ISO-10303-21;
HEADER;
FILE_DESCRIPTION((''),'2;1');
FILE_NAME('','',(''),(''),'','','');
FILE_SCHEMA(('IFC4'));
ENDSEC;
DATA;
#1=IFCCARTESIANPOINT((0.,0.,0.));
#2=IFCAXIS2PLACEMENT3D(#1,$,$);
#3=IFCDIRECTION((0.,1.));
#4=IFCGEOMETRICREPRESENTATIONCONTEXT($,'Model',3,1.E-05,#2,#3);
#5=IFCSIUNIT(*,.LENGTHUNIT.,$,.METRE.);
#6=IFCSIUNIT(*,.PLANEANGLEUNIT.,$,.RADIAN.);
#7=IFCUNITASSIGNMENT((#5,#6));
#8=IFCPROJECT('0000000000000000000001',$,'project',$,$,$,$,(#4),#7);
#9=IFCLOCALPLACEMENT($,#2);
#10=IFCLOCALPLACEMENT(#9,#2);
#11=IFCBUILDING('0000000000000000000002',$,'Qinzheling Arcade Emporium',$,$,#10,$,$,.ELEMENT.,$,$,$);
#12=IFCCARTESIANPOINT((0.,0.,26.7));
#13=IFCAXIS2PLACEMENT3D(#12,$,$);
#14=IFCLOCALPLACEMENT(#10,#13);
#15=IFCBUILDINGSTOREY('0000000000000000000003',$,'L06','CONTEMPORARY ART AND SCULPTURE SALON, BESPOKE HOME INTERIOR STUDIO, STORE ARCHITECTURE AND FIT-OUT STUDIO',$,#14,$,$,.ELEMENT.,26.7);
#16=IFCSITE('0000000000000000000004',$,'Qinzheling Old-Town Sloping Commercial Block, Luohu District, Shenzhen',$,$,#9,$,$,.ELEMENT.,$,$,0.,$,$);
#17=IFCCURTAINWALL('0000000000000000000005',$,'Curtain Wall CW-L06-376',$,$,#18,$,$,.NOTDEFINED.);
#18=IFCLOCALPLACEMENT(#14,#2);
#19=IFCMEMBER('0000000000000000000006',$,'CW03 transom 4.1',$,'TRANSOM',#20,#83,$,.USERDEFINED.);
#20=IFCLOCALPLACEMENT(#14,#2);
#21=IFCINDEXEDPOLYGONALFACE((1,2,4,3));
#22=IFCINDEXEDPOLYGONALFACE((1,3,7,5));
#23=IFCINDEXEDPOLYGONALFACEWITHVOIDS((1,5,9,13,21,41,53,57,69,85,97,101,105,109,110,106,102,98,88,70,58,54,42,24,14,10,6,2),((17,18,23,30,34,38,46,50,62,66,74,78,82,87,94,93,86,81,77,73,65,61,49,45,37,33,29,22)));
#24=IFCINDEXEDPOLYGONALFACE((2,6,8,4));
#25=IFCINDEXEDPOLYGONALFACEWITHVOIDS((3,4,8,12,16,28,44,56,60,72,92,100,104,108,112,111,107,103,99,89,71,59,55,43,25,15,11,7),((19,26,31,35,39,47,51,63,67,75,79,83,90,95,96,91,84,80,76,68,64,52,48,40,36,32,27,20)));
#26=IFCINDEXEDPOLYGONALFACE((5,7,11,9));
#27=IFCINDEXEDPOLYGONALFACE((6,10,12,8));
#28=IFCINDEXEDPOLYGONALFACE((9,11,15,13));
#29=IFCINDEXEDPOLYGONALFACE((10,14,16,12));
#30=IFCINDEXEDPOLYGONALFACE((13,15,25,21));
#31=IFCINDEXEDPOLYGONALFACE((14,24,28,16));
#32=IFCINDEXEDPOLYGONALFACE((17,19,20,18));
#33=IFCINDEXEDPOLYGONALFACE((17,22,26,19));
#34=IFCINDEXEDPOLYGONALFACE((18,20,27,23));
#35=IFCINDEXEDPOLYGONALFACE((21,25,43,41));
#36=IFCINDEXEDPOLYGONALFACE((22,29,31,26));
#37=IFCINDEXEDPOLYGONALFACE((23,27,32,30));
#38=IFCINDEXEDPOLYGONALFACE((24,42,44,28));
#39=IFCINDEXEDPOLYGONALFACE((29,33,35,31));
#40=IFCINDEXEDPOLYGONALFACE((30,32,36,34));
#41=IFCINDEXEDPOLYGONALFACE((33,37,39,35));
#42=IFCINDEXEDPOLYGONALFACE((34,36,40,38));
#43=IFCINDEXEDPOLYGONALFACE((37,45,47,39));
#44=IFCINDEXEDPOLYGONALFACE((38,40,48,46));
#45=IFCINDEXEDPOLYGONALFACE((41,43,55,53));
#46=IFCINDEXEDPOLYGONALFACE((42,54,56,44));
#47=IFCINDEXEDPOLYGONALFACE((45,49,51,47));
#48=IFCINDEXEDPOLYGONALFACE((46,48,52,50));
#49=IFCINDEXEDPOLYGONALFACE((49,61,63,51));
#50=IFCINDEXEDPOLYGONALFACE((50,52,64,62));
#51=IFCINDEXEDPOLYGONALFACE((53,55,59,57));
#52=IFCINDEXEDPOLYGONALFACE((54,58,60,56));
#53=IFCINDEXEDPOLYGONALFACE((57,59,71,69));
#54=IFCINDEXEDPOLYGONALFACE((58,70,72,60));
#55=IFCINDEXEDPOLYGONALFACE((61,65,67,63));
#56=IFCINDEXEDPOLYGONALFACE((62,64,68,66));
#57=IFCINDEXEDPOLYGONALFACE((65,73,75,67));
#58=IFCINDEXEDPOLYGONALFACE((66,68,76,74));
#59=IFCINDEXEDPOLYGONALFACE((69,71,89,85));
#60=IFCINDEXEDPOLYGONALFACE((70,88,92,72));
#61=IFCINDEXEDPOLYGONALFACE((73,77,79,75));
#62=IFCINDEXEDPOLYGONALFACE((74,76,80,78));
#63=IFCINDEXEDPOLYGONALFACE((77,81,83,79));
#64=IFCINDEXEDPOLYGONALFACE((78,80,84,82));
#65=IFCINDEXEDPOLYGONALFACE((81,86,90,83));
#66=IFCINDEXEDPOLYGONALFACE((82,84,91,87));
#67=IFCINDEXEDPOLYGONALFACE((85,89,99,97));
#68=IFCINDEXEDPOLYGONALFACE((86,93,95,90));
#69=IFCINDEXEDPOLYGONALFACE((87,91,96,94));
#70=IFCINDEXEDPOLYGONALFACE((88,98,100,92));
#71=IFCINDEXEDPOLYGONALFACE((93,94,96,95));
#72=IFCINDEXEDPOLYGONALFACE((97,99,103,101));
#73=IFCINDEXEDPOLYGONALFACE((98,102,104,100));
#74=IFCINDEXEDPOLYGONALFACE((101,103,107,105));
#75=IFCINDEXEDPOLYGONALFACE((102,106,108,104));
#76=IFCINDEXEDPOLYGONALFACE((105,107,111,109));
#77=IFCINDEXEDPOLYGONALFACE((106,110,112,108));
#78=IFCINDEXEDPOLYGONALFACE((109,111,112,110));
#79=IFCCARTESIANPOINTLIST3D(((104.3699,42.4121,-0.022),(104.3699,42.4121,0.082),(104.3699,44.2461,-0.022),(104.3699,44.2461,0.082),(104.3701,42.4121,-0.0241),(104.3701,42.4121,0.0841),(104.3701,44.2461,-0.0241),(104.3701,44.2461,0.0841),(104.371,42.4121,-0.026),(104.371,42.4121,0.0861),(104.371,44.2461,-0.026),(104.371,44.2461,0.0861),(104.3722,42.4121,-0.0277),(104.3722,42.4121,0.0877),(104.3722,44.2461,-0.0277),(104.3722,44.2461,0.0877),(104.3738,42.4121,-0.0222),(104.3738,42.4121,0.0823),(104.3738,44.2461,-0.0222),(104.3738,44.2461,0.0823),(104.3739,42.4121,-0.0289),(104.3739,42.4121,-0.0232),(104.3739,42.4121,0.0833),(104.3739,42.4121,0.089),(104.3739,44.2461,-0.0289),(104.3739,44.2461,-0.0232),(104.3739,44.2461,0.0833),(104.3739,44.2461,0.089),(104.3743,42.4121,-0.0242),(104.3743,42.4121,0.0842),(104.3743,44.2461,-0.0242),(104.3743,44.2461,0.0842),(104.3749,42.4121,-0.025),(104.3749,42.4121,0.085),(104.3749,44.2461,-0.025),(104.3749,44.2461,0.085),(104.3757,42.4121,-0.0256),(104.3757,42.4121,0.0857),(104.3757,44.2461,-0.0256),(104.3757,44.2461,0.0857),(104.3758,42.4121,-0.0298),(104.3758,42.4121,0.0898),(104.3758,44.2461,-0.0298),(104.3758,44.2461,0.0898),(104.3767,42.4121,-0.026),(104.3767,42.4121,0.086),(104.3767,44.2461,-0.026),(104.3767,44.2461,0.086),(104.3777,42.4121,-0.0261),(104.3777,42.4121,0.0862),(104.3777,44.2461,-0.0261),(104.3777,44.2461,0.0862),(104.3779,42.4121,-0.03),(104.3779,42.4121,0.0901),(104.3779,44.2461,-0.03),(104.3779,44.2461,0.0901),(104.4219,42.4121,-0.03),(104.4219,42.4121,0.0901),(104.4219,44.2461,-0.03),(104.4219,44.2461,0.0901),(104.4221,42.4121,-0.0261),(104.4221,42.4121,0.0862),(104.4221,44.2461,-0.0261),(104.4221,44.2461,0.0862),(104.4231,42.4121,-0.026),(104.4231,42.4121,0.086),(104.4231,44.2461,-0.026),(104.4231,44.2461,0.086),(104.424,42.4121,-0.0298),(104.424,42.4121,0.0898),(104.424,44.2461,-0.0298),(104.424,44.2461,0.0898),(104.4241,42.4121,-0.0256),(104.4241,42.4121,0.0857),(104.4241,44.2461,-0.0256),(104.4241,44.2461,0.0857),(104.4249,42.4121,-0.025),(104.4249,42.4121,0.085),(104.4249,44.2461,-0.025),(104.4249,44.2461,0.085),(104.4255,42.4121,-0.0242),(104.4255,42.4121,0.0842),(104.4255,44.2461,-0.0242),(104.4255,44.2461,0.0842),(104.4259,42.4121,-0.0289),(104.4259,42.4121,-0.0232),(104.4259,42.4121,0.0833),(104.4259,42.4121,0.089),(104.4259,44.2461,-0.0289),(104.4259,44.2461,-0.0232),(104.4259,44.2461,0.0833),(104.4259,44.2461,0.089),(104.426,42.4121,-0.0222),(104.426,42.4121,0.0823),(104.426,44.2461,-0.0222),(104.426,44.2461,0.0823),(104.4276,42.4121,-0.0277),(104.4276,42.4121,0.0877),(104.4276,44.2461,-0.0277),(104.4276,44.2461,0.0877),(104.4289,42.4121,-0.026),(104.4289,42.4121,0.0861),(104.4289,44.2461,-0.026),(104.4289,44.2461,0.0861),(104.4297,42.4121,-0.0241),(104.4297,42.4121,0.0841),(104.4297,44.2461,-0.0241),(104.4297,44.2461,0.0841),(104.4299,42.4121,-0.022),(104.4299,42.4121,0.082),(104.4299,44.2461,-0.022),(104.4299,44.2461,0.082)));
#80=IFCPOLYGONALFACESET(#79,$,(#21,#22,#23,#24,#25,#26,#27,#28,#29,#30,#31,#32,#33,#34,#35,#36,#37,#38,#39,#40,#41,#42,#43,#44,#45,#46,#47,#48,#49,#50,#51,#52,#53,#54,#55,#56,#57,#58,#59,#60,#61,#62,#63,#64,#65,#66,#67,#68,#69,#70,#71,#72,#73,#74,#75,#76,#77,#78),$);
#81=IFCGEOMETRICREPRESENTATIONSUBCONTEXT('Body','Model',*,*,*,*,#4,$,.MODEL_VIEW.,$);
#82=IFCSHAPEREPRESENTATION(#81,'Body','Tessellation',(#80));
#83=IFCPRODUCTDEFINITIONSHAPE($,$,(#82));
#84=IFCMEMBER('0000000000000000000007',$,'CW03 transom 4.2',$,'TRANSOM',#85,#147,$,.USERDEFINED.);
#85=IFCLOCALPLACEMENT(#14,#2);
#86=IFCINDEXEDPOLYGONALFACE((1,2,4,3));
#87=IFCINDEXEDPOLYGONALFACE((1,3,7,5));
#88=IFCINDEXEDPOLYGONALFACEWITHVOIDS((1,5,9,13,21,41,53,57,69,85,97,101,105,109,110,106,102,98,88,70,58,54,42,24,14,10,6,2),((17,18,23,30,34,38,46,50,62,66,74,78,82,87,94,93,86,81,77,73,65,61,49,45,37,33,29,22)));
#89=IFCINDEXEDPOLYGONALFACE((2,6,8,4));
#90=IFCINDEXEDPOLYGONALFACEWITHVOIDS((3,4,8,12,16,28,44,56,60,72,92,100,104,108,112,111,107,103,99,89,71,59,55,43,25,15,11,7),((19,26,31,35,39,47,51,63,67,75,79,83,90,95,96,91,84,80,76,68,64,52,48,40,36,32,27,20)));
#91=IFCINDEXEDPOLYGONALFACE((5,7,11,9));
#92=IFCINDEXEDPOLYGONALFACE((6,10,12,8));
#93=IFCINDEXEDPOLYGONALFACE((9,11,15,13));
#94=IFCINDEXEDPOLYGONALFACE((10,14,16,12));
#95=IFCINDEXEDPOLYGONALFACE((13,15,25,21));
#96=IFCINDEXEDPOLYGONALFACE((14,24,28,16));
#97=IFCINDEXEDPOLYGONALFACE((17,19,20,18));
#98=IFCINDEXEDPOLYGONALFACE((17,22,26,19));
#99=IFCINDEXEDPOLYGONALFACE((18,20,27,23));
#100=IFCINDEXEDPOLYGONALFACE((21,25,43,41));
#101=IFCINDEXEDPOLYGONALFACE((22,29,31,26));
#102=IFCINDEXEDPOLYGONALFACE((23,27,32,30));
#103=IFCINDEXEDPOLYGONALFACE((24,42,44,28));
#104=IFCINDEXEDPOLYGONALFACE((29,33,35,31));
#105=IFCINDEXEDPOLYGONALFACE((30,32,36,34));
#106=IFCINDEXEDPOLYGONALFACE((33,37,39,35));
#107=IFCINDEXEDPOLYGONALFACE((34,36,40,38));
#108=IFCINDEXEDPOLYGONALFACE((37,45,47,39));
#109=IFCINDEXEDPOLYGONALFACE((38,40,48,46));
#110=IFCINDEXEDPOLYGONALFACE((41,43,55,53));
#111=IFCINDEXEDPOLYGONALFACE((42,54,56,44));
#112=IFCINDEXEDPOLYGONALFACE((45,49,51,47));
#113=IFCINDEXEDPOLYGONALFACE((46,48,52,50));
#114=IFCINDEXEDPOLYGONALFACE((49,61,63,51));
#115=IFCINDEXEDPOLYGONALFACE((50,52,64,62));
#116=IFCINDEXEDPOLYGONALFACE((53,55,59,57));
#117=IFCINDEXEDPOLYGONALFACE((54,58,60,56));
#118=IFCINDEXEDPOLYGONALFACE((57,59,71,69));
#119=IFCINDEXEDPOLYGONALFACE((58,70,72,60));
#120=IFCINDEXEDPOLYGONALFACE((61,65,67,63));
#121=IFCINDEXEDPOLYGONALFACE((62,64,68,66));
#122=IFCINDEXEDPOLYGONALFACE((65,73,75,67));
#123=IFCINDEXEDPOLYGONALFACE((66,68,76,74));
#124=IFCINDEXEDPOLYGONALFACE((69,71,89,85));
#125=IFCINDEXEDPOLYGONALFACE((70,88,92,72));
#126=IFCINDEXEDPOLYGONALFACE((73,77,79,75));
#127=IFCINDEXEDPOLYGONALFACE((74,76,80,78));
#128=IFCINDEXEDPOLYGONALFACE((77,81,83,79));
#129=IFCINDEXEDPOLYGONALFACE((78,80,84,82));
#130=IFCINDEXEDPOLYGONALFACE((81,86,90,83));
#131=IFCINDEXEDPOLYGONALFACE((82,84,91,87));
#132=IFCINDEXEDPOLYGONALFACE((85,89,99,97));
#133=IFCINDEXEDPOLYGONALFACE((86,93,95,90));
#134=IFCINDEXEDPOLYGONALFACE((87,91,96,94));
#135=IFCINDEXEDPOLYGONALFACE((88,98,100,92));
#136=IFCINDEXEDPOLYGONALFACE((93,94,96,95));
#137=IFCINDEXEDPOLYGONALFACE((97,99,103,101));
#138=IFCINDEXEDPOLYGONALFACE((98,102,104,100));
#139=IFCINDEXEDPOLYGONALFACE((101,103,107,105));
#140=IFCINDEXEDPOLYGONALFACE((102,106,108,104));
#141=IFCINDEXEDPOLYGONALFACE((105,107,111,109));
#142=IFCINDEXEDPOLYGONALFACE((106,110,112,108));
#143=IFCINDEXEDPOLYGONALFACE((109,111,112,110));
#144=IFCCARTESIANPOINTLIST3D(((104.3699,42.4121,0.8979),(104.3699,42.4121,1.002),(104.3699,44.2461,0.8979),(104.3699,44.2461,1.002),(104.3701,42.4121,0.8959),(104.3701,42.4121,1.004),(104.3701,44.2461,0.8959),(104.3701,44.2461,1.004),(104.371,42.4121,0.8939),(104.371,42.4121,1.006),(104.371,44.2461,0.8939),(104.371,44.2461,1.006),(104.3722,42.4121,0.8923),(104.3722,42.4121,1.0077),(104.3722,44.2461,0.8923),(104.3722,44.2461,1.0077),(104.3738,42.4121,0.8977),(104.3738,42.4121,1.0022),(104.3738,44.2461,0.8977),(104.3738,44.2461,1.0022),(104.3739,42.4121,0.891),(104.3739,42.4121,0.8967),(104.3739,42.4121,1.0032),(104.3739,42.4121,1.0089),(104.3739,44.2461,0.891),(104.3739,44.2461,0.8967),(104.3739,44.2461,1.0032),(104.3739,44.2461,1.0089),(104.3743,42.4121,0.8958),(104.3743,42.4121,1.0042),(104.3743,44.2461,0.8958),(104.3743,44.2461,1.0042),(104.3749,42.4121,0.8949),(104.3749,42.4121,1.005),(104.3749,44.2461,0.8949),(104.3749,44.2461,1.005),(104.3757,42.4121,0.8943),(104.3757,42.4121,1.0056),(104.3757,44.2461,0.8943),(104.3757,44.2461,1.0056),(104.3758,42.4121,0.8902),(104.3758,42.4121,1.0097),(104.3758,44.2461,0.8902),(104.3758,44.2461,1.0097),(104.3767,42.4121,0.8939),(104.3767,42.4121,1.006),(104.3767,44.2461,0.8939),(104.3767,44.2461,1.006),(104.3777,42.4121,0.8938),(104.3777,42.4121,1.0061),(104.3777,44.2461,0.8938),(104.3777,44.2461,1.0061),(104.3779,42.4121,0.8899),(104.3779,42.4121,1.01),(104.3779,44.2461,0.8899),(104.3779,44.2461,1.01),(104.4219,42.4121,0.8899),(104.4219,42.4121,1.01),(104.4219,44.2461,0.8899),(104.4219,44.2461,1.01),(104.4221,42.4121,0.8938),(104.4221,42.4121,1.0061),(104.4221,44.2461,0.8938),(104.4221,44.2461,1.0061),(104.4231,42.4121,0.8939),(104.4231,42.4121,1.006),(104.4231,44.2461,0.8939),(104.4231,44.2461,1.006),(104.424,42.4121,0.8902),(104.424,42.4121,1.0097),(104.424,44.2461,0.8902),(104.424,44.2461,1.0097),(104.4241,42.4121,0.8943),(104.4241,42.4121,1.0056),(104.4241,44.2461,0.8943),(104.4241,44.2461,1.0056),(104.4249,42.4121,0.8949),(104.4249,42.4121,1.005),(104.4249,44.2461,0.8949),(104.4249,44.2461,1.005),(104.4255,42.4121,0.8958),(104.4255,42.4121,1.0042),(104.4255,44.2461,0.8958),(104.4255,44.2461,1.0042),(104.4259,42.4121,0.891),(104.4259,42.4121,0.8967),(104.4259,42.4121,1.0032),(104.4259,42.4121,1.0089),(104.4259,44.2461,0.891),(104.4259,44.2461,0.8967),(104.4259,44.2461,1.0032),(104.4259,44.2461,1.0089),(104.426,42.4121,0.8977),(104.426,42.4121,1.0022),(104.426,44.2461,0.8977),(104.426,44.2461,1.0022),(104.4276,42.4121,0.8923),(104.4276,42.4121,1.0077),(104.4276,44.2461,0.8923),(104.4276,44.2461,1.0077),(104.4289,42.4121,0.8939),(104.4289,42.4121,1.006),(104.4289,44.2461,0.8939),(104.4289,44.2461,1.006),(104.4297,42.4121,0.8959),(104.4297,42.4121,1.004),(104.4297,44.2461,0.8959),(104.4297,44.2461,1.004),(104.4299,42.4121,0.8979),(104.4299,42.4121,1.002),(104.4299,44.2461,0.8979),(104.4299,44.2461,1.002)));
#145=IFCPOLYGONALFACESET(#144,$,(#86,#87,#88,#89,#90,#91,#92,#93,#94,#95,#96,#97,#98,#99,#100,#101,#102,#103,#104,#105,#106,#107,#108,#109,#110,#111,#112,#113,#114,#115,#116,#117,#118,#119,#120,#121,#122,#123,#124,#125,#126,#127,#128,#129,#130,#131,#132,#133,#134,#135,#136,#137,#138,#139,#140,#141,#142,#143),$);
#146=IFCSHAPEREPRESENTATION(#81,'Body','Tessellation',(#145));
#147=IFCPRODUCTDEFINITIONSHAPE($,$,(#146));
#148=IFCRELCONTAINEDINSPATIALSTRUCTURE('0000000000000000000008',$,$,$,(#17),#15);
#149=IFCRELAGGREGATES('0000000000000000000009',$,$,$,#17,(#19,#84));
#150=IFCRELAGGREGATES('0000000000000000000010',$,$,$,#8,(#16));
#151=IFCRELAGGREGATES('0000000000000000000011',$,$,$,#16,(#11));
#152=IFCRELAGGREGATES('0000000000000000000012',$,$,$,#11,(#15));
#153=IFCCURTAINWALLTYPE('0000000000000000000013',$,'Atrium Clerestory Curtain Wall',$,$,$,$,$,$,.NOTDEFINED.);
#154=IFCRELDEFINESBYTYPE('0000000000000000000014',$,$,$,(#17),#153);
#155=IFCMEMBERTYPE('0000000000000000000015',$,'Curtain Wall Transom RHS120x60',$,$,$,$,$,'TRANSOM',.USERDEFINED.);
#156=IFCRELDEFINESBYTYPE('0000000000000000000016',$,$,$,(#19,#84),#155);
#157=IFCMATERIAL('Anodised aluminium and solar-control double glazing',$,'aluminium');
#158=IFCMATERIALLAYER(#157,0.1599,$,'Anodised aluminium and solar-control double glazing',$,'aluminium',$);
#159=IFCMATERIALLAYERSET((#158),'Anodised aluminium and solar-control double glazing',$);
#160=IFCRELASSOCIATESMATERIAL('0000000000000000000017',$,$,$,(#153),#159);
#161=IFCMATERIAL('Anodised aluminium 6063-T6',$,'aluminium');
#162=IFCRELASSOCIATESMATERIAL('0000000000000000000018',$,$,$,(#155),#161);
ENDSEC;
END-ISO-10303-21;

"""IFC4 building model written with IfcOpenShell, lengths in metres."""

from ifc_helpers import new_model, si_unit, direction, frame, origin, origin_2d, place, context, subcontext, project, spatial, hollow_rectangle, extrude, material, layer, layer_set, material_profile, profile_set, type_object, element, aggregate, save


model = new_model("IFC4")

# Units and contexts
model_context = context("Model", 3, precision=1e-05, world=origin(), true_north=direction((0.0, 1.0)))
body_context = subcontext(model_context, "Body", "Model", "MODEL_VIEW")
ifc_project = project(units=[si_unit("LENGTHUNIT", "METRE"), si_unit("PLANEANGLEUNIT", "RADIAN")], contexts=[model_context])

# Site, building, storey
site_placement = place(None, origin())
site = spatial("IfcSite", under=ifc_project, at=site_placement, Name="Qinzheling Old-Town Sloping Commercial Block, Luohu District, Shenzhen", CompositionType="ELEMENT", RefElevation=0.0)
building_placement = place(site_placement, origin())
building = spatial("IfcBuilding", under=site, at=building_placement, Name="Qinzheling Arcade Emporium", CompositionType="ELEMENT")
storey_placement = place(building_placement, frame((0.0, 0.0, 26.7)))
storey = spatial("IfcBuildingStorey", under=building, at=storey_placement, Name="L06", Description="CONTEMPORARY ART AND SCULPTURE SALON, BESPOKE HOME INTERIOR STUDIO, STORE ARCHITECTURE AND FIT-OUT STUDIO", CompositionType="ELEMENT", Elevation=26.7)

# Curtain wall
ifc_material_1 = material(Name="Anodised aluminium and solar-control double glazing", Category="aluminium")
ifc_layer_1 = layer(ifc_material_1, 0.1599, Name="Anodised aluminium and solar-control double glazing", Category="aluminium")
ifc_layer_set_1 = layer_set([ifc_layer_1], Name="Anodised aluminium and solar-control double glazing")
curtain_wall_type = type_object("IfcCurtainWallType", Name="Atrium Clerestory Curtain Wall", PredefinedType="NOTDEFINED", material=ifc_layer_set_1)
curtain_wall_1_placement = place(storey_placement, origin())
curtain_wall_1 = element("IfcCurtainWall", 1, at=curtain_wall_1_placement, inside=storey, type_object=curtain_wall_type, Name="Curtain Wall CW-L06-376", PredefinedType="NOTDEFINED")
ifc_material_2 = material(Name="Anodised aluminium 6063-T6", Category="aluminium")

# Members
ifc_material_profile_1 = material_profile(ifc_material_2, hollow_rectangle(XDim=0.0601, YDim=0.1201, WallThickness=0.0039, InnerFilletRadius=0.0039, OuterFilletRadius=0.0081, at=origin_2d()), Name="RHS 120x60x4", Category="aluminium")
ifc_profile_set_1 = profile_set([ifc_material_profile_1], Name="Anodised aluminium 6063-T6")
member_type_1 = type_object("IfcMemberType", Name="Curtain Wall Transom RHS120x60", ElementType="TRANSOM", PredefinedType="USERDEFINED", material=ifc_profile_set_1)
member_1_placement = place(storey_placement, frame((104.3999, 44.2461, 0.03), z_axis=(0.0, -1.0, 0.0), x_axis=(1.0, 0.0, 0.0)))
member_1 = element("IfcMember", 2, at=member_1_placement, type_object=member_type_1, Name="CW03 transom 4.1", ObjectType="TRANSOM", PredefinedType="USERDEFINED", context=body_context, shape_type="SweptSolid", body=[
    extrude(hollow_rectangle(XDim=0.0601, YDim=0.1201, WallThickness=0.0039, InnerFilletRadius=0.0039, OuterFilletRadius=0.0081, at=origin_2d()), origin(), (0.0, 0.0, 1.0), 1.834),
])
member_2_placement = place(storey_placement, frame((104.3999, 44.2461, 0.95), z_axis=(0.0, -1.0, 0.0), x_axis=(1.0, 0.0, 0.0)))
member_2 = element("IfcMember", 3, at=member_2_placement, type_object=member_type_1, Name="CW03 transom 4.2", ObjectType="TRANSOM", PredefinedType="USERDEFINED", context=body_context, shape_type="SweptSolid", body=[
    extrude(hollow_rectangle(XDim=0.0601, YDim=0.1201, WallThickness=0.0039, InnerFilletRadius=0.0039, OuterFilletRadius=0.0081, at=origin_2d()), origin(), (0.0, 0.0, 1.0), 1.834),
])

aggregate(curtain_wall_1, [member_1, member_2])

save(model, "model.ifc")
